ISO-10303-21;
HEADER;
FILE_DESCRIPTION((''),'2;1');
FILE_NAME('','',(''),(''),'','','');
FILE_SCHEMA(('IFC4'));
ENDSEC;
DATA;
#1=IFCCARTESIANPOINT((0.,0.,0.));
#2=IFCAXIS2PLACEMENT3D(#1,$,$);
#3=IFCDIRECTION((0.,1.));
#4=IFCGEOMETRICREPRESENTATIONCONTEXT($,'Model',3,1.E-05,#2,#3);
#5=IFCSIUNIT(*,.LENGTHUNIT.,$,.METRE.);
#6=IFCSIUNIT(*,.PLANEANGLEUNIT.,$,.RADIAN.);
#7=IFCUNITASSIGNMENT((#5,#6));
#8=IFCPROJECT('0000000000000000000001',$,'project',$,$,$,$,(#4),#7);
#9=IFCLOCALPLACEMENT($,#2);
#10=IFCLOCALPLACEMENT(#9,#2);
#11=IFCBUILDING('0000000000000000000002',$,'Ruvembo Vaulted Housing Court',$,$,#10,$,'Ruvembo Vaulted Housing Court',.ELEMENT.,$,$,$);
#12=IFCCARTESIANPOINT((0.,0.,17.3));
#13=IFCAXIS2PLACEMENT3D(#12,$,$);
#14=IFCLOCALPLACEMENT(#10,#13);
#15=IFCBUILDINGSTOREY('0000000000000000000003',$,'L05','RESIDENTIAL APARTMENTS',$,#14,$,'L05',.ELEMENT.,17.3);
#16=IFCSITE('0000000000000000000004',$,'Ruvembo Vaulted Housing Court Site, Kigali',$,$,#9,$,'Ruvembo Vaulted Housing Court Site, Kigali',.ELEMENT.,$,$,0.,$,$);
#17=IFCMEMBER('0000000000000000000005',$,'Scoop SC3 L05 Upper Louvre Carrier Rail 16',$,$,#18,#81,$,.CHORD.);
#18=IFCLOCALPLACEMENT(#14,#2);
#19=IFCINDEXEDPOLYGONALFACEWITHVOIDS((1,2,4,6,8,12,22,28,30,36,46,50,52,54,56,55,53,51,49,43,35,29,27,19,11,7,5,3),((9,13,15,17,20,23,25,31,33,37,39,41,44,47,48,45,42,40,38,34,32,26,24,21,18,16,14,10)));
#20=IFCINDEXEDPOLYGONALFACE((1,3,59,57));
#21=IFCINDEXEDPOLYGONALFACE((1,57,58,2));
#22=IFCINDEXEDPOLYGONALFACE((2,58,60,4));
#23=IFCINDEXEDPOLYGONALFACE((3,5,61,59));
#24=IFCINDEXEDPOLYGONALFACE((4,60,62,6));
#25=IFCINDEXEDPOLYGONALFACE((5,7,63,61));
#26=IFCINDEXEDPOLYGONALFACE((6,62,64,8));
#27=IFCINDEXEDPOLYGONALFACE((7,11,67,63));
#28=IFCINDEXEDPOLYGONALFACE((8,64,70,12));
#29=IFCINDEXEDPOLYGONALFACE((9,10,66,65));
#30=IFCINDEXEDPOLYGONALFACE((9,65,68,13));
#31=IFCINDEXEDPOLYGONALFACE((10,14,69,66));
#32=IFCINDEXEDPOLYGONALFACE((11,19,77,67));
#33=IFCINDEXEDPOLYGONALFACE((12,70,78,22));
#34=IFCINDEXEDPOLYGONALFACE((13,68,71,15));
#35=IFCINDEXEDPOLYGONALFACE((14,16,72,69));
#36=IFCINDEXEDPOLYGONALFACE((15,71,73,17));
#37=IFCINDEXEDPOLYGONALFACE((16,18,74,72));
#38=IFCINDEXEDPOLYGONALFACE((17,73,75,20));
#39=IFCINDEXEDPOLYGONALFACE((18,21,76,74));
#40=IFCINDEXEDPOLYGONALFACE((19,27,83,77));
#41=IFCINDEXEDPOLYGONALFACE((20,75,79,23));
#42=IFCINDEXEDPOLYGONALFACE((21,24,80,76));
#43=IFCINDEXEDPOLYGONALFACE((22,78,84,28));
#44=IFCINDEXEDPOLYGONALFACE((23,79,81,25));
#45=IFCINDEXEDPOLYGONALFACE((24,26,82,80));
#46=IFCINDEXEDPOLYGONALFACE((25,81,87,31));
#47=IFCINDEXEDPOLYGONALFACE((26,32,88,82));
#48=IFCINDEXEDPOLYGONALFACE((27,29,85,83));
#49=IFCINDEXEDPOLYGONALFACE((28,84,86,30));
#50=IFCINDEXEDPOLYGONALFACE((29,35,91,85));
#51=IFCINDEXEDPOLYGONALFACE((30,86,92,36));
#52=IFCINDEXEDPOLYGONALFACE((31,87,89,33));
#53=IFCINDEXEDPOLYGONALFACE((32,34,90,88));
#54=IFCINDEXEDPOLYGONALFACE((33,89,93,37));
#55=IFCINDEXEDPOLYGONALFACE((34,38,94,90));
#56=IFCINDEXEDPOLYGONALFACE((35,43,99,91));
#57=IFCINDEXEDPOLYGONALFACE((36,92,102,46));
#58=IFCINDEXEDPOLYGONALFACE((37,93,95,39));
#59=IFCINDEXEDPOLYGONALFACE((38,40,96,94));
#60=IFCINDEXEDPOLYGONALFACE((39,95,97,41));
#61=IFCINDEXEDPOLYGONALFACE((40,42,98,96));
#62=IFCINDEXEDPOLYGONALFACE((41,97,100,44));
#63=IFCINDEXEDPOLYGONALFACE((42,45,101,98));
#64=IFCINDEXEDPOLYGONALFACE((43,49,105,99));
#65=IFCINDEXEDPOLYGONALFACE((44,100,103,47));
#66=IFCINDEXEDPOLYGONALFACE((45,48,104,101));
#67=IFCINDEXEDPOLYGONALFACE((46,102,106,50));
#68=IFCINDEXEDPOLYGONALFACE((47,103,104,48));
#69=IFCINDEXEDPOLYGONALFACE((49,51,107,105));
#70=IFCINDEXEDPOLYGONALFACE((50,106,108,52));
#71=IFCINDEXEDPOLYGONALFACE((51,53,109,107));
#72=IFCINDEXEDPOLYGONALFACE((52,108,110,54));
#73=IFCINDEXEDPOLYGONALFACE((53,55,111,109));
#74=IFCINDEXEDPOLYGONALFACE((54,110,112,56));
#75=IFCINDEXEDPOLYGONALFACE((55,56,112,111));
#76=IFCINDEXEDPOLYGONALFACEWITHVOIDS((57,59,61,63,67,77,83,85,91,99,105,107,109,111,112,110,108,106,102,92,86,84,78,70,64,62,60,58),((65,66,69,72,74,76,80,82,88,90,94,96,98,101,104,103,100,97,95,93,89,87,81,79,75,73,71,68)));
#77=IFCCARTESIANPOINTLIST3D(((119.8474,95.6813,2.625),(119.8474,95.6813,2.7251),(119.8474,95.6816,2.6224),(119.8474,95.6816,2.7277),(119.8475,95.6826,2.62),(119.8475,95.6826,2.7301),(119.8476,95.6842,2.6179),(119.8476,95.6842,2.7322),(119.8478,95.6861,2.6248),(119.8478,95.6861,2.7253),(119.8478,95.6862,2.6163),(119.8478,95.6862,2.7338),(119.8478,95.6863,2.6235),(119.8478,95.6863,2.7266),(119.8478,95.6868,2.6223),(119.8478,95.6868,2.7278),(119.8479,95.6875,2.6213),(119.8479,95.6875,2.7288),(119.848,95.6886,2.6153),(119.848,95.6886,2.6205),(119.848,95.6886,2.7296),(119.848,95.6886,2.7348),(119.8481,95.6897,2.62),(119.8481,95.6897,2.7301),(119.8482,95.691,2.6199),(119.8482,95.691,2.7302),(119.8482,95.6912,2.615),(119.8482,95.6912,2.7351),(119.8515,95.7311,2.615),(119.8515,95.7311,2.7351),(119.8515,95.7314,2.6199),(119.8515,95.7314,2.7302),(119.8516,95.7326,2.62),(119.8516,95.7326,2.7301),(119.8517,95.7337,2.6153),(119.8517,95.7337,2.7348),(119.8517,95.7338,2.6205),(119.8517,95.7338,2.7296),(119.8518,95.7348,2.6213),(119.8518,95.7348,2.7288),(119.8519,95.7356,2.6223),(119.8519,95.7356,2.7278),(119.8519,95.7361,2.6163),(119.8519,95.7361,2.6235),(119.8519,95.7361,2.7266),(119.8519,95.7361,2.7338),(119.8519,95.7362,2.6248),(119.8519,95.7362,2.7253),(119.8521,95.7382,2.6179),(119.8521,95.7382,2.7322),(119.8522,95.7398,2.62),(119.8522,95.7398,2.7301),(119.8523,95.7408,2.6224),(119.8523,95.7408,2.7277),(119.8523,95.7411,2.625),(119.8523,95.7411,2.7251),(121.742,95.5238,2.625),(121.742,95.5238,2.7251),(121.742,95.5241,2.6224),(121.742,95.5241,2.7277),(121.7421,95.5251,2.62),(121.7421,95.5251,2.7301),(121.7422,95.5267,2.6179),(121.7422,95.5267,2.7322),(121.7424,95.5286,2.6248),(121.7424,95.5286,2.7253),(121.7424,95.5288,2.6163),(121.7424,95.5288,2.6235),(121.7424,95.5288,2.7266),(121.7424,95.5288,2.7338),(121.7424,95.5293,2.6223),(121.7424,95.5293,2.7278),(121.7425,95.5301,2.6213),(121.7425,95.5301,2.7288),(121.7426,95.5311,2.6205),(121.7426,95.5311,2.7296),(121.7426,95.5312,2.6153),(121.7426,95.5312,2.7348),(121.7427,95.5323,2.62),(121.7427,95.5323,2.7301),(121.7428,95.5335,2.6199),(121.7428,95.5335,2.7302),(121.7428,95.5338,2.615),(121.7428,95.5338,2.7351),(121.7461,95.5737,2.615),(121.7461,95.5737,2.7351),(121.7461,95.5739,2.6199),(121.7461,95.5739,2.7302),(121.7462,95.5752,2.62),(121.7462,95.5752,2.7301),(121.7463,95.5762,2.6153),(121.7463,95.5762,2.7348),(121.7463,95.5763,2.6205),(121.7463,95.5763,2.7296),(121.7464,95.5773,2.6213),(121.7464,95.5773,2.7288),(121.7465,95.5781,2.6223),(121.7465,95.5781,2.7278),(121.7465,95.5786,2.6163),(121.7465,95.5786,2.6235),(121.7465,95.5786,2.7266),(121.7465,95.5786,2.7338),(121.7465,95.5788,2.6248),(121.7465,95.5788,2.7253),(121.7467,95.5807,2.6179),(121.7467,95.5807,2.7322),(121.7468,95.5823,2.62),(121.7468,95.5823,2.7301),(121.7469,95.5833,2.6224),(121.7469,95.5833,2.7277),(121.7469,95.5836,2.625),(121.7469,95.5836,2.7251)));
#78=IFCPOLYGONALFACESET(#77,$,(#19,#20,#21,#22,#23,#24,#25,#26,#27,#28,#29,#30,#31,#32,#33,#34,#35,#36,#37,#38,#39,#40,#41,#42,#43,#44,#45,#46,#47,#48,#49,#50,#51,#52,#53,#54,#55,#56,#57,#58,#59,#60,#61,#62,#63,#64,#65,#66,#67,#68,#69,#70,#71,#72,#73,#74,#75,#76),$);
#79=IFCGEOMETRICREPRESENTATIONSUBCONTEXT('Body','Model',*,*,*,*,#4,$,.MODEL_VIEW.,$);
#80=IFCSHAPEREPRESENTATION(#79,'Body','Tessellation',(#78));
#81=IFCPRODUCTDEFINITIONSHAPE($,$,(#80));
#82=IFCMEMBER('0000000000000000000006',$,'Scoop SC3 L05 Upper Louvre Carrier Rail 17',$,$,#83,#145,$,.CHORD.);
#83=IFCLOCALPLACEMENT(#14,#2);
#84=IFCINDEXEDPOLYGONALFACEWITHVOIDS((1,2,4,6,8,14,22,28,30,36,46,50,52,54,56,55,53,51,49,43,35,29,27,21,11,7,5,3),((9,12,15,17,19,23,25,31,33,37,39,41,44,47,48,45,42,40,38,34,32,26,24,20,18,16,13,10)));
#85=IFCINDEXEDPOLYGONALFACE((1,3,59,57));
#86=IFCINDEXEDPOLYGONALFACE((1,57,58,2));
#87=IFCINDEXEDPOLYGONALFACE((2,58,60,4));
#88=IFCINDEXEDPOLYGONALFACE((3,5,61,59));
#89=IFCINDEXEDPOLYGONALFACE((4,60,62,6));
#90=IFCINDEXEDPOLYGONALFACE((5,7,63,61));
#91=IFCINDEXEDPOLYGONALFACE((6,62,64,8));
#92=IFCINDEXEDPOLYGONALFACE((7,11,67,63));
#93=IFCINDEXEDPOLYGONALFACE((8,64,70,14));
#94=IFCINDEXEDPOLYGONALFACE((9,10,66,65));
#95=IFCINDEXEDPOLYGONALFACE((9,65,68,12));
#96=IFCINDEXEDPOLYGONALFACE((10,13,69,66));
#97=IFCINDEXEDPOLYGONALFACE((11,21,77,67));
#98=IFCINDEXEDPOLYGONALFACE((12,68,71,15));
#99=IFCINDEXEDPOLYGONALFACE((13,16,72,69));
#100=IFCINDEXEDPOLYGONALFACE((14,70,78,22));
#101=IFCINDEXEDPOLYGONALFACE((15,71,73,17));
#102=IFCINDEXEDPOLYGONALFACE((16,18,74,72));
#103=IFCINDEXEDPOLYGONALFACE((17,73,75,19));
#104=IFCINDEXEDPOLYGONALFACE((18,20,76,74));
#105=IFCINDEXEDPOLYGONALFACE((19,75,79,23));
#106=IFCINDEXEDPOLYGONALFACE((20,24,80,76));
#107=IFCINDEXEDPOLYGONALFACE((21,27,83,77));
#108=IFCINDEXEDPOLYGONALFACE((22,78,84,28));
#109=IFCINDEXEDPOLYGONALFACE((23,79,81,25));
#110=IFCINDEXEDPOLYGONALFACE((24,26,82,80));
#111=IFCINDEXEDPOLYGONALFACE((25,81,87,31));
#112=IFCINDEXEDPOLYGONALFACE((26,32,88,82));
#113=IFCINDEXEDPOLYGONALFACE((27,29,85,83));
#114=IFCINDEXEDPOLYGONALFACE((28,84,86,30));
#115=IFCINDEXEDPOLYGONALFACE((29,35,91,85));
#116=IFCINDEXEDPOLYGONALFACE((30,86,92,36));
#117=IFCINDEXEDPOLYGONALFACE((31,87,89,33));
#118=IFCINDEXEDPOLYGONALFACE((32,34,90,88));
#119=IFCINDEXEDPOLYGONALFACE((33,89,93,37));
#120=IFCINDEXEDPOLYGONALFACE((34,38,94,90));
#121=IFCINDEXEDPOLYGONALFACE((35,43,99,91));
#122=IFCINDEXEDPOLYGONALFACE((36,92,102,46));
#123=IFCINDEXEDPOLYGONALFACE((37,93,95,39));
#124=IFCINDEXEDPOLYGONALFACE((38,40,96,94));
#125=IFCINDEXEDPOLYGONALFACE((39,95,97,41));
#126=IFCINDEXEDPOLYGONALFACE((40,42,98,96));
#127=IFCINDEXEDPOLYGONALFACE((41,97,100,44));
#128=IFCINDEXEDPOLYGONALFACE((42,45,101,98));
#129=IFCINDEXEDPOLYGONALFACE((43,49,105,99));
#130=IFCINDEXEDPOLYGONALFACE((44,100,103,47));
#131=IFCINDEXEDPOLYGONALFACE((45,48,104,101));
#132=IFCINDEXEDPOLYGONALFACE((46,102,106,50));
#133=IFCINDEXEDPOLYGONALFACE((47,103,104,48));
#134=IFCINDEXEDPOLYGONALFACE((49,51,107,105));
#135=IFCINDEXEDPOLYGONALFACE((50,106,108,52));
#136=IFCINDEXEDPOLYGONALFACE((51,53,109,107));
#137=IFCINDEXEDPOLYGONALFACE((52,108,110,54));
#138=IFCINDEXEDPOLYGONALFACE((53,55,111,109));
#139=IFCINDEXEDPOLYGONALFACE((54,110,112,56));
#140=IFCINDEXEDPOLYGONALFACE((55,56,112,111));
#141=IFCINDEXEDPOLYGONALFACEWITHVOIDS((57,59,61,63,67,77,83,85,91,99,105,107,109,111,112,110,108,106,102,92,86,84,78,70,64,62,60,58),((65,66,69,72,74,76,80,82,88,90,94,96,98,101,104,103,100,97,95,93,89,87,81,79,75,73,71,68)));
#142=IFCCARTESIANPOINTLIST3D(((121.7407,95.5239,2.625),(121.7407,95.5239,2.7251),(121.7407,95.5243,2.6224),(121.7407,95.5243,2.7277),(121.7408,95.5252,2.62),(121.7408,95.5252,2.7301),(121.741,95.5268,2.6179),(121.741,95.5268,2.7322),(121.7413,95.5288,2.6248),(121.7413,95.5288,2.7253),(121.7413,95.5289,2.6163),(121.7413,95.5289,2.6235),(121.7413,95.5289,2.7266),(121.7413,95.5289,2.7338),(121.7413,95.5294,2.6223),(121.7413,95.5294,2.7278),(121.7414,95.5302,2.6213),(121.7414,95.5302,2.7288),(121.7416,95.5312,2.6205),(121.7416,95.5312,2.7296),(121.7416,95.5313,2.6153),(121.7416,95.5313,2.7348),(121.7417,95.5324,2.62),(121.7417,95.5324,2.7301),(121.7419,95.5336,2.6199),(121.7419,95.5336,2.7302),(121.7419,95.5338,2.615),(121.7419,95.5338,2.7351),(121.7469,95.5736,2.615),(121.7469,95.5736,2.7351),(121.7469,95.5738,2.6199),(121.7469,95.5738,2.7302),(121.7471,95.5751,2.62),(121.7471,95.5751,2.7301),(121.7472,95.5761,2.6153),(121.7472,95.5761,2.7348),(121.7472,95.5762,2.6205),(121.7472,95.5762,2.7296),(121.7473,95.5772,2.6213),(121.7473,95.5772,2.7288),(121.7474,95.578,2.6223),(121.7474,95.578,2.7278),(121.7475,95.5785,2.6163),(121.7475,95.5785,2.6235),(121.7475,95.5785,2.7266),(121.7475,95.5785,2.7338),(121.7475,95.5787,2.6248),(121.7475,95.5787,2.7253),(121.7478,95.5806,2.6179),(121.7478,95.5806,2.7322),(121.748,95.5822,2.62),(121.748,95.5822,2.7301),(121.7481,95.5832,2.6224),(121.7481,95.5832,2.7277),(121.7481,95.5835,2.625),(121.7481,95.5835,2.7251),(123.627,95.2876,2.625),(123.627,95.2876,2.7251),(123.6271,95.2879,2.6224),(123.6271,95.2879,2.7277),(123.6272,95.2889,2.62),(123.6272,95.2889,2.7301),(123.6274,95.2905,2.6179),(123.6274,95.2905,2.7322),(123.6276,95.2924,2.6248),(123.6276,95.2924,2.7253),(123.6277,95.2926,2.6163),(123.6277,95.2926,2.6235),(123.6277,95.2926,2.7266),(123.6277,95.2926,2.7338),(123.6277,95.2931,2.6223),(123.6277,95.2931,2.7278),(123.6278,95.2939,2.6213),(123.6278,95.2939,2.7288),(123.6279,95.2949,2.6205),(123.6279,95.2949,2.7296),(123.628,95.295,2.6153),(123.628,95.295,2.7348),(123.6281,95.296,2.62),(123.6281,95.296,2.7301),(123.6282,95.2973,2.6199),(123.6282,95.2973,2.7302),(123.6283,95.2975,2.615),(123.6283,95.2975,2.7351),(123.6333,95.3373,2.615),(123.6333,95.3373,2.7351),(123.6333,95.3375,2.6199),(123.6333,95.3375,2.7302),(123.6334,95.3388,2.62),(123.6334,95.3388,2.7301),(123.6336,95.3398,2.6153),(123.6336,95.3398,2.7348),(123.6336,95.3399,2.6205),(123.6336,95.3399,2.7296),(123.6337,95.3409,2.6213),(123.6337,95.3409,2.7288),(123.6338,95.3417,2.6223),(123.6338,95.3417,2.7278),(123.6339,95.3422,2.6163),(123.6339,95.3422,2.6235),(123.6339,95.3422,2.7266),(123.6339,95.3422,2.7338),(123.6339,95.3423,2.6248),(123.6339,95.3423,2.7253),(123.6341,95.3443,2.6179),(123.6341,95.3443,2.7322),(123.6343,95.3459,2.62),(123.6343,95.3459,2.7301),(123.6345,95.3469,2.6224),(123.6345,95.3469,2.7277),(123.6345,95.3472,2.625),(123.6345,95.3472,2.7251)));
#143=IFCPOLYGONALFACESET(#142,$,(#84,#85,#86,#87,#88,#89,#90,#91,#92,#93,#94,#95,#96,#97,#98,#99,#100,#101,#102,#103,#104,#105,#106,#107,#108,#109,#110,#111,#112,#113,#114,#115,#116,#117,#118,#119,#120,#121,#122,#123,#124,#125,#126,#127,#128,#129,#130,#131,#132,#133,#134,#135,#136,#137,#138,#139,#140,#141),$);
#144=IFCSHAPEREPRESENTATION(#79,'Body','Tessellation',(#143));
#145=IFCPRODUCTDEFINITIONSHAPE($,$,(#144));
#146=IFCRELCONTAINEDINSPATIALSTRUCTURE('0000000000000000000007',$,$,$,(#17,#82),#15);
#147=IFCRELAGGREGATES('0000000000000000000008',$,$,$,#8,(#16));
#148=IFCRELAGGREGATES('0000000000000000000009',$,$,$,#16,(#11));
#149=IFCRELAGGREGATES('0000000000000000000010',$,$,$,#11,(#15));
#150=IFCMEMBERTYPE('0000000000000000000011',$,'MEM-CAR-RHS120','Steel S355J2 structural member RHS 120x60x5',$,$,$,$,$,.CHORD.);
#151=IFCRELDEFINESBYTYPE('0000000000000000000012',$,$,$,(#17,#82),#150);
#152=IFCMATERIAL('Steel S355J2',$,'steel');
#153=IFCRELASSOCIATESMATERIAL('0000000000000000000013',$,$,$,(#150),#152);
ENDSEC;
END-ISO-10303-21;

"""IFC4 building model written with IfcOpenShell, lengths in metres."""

from ifc_helpers import new_model, si_unit, direction, frame, origin, origin_2d, place, context, subcontext, project, spatial, hollow_rectangle, extrude, material, material_profile, profile_set, type_object, element, save


model = new_model("IFC4")

# Units and contexts
model_context = context("Model", 3, precision=1e-05, world=origin(), true_north=direction((0.0, 1.0)))
body_context = subcontext(model_context, "Body", "Model", "MODEL_VIEW")
ifc_project = project(units=[si_unit("LENGTHUNIT", "METRE"), si_unit("PLANEANGLEUNIT", "RADIAN")], contexts=[model_context])

# Site, building, storey
site_placement = place(None, origin())
site = spatial("IfcSite", under=ifc_project, at=site_placement, Name="Ruvembo Vaulted Housing Court Site, Kigali", LongName="Ruvembo Vaulted Housing Court Site, Kigali", CompositionType="ELEMENT", RefElevation=0.0)
building_placement = place(site_placement, origin())
building = spatial("IfcBuilding", under=site, at=building_placement, Name="Ruvembo Vaulted Housing Court", LongName="Ruvembo Vaulted Housing Court", CompositionType="ELEMENT")
storey_placement = place(building_placement, frame((0.0, 0.0, 17.3)))
storey = spatial("IfcBuildingStorey", under=building, at=storey_placement, Name="L05", Description="RESIDENTIAL APARTMENTS", LongName="L05", CompositionType="ELEMENT", Elevation=17.3)

# Shared definitions
ifc_material_1 = material(Name="Steel S355J2", Category="steel")

# Members
ifc_material_profile_1 = material_profile(ifc_material_1, hollow_rectangle(XDim=0.0601, YDim=0.1201, WallThickness=0.0049, InnerFilletRadius=0.0049, OuterFilletRadius=0.01, at=origin_2d()), Name="RHS 120x60x5")
ifc_profile_set_1 = profile_set([ifc_material_profile_1], Name="Steel S355J2")
member_type_1 = type_object("IfcMemberType", Name="MEM-CAR-RHS120", Description="Steel S355J2 structural member RHS 120x60x5", PredefinedType="CHORD", material=ifc_profile_set_1)
for number, where, z_axis, x_axis, name in (
    (1, (119.8499, 95.7112, 2.675), (0.996563, -0.082833, 0.0), (0.082833, 0.996563, 0.0), "Scoop SC3 L05 Upper Louvre Carrier Rail 16"),
    (2, (121.7444, 95.5537, 2.675), (0.992244, -0.124303, 0.0), (0.124303, 0.992244, 0.0), "Scoop SC3 L05 Upper Louvre Carrier Rail 17"),
):
    element("IfcMember", number, at=place(storey_placement, frame(where, z_axis=z_axis, x_axis=x_axis)), inside=storey, type_object=member_type_1, Name=name, PredefinedType="CHORD", context=body_context, shape_type="SweptSolid", body=[
        extrude(hollow_rectangle(XDim=0.0601, YDim=0.1201, WallThickness=0.0049, InnerFilletRadius=0.0049, OuterFilletRadius=0.01, at=origin_2d()), origin(), (0.0, 0.0, 1.0), 1.9011),
    ])

save(model, "model.ifc")
